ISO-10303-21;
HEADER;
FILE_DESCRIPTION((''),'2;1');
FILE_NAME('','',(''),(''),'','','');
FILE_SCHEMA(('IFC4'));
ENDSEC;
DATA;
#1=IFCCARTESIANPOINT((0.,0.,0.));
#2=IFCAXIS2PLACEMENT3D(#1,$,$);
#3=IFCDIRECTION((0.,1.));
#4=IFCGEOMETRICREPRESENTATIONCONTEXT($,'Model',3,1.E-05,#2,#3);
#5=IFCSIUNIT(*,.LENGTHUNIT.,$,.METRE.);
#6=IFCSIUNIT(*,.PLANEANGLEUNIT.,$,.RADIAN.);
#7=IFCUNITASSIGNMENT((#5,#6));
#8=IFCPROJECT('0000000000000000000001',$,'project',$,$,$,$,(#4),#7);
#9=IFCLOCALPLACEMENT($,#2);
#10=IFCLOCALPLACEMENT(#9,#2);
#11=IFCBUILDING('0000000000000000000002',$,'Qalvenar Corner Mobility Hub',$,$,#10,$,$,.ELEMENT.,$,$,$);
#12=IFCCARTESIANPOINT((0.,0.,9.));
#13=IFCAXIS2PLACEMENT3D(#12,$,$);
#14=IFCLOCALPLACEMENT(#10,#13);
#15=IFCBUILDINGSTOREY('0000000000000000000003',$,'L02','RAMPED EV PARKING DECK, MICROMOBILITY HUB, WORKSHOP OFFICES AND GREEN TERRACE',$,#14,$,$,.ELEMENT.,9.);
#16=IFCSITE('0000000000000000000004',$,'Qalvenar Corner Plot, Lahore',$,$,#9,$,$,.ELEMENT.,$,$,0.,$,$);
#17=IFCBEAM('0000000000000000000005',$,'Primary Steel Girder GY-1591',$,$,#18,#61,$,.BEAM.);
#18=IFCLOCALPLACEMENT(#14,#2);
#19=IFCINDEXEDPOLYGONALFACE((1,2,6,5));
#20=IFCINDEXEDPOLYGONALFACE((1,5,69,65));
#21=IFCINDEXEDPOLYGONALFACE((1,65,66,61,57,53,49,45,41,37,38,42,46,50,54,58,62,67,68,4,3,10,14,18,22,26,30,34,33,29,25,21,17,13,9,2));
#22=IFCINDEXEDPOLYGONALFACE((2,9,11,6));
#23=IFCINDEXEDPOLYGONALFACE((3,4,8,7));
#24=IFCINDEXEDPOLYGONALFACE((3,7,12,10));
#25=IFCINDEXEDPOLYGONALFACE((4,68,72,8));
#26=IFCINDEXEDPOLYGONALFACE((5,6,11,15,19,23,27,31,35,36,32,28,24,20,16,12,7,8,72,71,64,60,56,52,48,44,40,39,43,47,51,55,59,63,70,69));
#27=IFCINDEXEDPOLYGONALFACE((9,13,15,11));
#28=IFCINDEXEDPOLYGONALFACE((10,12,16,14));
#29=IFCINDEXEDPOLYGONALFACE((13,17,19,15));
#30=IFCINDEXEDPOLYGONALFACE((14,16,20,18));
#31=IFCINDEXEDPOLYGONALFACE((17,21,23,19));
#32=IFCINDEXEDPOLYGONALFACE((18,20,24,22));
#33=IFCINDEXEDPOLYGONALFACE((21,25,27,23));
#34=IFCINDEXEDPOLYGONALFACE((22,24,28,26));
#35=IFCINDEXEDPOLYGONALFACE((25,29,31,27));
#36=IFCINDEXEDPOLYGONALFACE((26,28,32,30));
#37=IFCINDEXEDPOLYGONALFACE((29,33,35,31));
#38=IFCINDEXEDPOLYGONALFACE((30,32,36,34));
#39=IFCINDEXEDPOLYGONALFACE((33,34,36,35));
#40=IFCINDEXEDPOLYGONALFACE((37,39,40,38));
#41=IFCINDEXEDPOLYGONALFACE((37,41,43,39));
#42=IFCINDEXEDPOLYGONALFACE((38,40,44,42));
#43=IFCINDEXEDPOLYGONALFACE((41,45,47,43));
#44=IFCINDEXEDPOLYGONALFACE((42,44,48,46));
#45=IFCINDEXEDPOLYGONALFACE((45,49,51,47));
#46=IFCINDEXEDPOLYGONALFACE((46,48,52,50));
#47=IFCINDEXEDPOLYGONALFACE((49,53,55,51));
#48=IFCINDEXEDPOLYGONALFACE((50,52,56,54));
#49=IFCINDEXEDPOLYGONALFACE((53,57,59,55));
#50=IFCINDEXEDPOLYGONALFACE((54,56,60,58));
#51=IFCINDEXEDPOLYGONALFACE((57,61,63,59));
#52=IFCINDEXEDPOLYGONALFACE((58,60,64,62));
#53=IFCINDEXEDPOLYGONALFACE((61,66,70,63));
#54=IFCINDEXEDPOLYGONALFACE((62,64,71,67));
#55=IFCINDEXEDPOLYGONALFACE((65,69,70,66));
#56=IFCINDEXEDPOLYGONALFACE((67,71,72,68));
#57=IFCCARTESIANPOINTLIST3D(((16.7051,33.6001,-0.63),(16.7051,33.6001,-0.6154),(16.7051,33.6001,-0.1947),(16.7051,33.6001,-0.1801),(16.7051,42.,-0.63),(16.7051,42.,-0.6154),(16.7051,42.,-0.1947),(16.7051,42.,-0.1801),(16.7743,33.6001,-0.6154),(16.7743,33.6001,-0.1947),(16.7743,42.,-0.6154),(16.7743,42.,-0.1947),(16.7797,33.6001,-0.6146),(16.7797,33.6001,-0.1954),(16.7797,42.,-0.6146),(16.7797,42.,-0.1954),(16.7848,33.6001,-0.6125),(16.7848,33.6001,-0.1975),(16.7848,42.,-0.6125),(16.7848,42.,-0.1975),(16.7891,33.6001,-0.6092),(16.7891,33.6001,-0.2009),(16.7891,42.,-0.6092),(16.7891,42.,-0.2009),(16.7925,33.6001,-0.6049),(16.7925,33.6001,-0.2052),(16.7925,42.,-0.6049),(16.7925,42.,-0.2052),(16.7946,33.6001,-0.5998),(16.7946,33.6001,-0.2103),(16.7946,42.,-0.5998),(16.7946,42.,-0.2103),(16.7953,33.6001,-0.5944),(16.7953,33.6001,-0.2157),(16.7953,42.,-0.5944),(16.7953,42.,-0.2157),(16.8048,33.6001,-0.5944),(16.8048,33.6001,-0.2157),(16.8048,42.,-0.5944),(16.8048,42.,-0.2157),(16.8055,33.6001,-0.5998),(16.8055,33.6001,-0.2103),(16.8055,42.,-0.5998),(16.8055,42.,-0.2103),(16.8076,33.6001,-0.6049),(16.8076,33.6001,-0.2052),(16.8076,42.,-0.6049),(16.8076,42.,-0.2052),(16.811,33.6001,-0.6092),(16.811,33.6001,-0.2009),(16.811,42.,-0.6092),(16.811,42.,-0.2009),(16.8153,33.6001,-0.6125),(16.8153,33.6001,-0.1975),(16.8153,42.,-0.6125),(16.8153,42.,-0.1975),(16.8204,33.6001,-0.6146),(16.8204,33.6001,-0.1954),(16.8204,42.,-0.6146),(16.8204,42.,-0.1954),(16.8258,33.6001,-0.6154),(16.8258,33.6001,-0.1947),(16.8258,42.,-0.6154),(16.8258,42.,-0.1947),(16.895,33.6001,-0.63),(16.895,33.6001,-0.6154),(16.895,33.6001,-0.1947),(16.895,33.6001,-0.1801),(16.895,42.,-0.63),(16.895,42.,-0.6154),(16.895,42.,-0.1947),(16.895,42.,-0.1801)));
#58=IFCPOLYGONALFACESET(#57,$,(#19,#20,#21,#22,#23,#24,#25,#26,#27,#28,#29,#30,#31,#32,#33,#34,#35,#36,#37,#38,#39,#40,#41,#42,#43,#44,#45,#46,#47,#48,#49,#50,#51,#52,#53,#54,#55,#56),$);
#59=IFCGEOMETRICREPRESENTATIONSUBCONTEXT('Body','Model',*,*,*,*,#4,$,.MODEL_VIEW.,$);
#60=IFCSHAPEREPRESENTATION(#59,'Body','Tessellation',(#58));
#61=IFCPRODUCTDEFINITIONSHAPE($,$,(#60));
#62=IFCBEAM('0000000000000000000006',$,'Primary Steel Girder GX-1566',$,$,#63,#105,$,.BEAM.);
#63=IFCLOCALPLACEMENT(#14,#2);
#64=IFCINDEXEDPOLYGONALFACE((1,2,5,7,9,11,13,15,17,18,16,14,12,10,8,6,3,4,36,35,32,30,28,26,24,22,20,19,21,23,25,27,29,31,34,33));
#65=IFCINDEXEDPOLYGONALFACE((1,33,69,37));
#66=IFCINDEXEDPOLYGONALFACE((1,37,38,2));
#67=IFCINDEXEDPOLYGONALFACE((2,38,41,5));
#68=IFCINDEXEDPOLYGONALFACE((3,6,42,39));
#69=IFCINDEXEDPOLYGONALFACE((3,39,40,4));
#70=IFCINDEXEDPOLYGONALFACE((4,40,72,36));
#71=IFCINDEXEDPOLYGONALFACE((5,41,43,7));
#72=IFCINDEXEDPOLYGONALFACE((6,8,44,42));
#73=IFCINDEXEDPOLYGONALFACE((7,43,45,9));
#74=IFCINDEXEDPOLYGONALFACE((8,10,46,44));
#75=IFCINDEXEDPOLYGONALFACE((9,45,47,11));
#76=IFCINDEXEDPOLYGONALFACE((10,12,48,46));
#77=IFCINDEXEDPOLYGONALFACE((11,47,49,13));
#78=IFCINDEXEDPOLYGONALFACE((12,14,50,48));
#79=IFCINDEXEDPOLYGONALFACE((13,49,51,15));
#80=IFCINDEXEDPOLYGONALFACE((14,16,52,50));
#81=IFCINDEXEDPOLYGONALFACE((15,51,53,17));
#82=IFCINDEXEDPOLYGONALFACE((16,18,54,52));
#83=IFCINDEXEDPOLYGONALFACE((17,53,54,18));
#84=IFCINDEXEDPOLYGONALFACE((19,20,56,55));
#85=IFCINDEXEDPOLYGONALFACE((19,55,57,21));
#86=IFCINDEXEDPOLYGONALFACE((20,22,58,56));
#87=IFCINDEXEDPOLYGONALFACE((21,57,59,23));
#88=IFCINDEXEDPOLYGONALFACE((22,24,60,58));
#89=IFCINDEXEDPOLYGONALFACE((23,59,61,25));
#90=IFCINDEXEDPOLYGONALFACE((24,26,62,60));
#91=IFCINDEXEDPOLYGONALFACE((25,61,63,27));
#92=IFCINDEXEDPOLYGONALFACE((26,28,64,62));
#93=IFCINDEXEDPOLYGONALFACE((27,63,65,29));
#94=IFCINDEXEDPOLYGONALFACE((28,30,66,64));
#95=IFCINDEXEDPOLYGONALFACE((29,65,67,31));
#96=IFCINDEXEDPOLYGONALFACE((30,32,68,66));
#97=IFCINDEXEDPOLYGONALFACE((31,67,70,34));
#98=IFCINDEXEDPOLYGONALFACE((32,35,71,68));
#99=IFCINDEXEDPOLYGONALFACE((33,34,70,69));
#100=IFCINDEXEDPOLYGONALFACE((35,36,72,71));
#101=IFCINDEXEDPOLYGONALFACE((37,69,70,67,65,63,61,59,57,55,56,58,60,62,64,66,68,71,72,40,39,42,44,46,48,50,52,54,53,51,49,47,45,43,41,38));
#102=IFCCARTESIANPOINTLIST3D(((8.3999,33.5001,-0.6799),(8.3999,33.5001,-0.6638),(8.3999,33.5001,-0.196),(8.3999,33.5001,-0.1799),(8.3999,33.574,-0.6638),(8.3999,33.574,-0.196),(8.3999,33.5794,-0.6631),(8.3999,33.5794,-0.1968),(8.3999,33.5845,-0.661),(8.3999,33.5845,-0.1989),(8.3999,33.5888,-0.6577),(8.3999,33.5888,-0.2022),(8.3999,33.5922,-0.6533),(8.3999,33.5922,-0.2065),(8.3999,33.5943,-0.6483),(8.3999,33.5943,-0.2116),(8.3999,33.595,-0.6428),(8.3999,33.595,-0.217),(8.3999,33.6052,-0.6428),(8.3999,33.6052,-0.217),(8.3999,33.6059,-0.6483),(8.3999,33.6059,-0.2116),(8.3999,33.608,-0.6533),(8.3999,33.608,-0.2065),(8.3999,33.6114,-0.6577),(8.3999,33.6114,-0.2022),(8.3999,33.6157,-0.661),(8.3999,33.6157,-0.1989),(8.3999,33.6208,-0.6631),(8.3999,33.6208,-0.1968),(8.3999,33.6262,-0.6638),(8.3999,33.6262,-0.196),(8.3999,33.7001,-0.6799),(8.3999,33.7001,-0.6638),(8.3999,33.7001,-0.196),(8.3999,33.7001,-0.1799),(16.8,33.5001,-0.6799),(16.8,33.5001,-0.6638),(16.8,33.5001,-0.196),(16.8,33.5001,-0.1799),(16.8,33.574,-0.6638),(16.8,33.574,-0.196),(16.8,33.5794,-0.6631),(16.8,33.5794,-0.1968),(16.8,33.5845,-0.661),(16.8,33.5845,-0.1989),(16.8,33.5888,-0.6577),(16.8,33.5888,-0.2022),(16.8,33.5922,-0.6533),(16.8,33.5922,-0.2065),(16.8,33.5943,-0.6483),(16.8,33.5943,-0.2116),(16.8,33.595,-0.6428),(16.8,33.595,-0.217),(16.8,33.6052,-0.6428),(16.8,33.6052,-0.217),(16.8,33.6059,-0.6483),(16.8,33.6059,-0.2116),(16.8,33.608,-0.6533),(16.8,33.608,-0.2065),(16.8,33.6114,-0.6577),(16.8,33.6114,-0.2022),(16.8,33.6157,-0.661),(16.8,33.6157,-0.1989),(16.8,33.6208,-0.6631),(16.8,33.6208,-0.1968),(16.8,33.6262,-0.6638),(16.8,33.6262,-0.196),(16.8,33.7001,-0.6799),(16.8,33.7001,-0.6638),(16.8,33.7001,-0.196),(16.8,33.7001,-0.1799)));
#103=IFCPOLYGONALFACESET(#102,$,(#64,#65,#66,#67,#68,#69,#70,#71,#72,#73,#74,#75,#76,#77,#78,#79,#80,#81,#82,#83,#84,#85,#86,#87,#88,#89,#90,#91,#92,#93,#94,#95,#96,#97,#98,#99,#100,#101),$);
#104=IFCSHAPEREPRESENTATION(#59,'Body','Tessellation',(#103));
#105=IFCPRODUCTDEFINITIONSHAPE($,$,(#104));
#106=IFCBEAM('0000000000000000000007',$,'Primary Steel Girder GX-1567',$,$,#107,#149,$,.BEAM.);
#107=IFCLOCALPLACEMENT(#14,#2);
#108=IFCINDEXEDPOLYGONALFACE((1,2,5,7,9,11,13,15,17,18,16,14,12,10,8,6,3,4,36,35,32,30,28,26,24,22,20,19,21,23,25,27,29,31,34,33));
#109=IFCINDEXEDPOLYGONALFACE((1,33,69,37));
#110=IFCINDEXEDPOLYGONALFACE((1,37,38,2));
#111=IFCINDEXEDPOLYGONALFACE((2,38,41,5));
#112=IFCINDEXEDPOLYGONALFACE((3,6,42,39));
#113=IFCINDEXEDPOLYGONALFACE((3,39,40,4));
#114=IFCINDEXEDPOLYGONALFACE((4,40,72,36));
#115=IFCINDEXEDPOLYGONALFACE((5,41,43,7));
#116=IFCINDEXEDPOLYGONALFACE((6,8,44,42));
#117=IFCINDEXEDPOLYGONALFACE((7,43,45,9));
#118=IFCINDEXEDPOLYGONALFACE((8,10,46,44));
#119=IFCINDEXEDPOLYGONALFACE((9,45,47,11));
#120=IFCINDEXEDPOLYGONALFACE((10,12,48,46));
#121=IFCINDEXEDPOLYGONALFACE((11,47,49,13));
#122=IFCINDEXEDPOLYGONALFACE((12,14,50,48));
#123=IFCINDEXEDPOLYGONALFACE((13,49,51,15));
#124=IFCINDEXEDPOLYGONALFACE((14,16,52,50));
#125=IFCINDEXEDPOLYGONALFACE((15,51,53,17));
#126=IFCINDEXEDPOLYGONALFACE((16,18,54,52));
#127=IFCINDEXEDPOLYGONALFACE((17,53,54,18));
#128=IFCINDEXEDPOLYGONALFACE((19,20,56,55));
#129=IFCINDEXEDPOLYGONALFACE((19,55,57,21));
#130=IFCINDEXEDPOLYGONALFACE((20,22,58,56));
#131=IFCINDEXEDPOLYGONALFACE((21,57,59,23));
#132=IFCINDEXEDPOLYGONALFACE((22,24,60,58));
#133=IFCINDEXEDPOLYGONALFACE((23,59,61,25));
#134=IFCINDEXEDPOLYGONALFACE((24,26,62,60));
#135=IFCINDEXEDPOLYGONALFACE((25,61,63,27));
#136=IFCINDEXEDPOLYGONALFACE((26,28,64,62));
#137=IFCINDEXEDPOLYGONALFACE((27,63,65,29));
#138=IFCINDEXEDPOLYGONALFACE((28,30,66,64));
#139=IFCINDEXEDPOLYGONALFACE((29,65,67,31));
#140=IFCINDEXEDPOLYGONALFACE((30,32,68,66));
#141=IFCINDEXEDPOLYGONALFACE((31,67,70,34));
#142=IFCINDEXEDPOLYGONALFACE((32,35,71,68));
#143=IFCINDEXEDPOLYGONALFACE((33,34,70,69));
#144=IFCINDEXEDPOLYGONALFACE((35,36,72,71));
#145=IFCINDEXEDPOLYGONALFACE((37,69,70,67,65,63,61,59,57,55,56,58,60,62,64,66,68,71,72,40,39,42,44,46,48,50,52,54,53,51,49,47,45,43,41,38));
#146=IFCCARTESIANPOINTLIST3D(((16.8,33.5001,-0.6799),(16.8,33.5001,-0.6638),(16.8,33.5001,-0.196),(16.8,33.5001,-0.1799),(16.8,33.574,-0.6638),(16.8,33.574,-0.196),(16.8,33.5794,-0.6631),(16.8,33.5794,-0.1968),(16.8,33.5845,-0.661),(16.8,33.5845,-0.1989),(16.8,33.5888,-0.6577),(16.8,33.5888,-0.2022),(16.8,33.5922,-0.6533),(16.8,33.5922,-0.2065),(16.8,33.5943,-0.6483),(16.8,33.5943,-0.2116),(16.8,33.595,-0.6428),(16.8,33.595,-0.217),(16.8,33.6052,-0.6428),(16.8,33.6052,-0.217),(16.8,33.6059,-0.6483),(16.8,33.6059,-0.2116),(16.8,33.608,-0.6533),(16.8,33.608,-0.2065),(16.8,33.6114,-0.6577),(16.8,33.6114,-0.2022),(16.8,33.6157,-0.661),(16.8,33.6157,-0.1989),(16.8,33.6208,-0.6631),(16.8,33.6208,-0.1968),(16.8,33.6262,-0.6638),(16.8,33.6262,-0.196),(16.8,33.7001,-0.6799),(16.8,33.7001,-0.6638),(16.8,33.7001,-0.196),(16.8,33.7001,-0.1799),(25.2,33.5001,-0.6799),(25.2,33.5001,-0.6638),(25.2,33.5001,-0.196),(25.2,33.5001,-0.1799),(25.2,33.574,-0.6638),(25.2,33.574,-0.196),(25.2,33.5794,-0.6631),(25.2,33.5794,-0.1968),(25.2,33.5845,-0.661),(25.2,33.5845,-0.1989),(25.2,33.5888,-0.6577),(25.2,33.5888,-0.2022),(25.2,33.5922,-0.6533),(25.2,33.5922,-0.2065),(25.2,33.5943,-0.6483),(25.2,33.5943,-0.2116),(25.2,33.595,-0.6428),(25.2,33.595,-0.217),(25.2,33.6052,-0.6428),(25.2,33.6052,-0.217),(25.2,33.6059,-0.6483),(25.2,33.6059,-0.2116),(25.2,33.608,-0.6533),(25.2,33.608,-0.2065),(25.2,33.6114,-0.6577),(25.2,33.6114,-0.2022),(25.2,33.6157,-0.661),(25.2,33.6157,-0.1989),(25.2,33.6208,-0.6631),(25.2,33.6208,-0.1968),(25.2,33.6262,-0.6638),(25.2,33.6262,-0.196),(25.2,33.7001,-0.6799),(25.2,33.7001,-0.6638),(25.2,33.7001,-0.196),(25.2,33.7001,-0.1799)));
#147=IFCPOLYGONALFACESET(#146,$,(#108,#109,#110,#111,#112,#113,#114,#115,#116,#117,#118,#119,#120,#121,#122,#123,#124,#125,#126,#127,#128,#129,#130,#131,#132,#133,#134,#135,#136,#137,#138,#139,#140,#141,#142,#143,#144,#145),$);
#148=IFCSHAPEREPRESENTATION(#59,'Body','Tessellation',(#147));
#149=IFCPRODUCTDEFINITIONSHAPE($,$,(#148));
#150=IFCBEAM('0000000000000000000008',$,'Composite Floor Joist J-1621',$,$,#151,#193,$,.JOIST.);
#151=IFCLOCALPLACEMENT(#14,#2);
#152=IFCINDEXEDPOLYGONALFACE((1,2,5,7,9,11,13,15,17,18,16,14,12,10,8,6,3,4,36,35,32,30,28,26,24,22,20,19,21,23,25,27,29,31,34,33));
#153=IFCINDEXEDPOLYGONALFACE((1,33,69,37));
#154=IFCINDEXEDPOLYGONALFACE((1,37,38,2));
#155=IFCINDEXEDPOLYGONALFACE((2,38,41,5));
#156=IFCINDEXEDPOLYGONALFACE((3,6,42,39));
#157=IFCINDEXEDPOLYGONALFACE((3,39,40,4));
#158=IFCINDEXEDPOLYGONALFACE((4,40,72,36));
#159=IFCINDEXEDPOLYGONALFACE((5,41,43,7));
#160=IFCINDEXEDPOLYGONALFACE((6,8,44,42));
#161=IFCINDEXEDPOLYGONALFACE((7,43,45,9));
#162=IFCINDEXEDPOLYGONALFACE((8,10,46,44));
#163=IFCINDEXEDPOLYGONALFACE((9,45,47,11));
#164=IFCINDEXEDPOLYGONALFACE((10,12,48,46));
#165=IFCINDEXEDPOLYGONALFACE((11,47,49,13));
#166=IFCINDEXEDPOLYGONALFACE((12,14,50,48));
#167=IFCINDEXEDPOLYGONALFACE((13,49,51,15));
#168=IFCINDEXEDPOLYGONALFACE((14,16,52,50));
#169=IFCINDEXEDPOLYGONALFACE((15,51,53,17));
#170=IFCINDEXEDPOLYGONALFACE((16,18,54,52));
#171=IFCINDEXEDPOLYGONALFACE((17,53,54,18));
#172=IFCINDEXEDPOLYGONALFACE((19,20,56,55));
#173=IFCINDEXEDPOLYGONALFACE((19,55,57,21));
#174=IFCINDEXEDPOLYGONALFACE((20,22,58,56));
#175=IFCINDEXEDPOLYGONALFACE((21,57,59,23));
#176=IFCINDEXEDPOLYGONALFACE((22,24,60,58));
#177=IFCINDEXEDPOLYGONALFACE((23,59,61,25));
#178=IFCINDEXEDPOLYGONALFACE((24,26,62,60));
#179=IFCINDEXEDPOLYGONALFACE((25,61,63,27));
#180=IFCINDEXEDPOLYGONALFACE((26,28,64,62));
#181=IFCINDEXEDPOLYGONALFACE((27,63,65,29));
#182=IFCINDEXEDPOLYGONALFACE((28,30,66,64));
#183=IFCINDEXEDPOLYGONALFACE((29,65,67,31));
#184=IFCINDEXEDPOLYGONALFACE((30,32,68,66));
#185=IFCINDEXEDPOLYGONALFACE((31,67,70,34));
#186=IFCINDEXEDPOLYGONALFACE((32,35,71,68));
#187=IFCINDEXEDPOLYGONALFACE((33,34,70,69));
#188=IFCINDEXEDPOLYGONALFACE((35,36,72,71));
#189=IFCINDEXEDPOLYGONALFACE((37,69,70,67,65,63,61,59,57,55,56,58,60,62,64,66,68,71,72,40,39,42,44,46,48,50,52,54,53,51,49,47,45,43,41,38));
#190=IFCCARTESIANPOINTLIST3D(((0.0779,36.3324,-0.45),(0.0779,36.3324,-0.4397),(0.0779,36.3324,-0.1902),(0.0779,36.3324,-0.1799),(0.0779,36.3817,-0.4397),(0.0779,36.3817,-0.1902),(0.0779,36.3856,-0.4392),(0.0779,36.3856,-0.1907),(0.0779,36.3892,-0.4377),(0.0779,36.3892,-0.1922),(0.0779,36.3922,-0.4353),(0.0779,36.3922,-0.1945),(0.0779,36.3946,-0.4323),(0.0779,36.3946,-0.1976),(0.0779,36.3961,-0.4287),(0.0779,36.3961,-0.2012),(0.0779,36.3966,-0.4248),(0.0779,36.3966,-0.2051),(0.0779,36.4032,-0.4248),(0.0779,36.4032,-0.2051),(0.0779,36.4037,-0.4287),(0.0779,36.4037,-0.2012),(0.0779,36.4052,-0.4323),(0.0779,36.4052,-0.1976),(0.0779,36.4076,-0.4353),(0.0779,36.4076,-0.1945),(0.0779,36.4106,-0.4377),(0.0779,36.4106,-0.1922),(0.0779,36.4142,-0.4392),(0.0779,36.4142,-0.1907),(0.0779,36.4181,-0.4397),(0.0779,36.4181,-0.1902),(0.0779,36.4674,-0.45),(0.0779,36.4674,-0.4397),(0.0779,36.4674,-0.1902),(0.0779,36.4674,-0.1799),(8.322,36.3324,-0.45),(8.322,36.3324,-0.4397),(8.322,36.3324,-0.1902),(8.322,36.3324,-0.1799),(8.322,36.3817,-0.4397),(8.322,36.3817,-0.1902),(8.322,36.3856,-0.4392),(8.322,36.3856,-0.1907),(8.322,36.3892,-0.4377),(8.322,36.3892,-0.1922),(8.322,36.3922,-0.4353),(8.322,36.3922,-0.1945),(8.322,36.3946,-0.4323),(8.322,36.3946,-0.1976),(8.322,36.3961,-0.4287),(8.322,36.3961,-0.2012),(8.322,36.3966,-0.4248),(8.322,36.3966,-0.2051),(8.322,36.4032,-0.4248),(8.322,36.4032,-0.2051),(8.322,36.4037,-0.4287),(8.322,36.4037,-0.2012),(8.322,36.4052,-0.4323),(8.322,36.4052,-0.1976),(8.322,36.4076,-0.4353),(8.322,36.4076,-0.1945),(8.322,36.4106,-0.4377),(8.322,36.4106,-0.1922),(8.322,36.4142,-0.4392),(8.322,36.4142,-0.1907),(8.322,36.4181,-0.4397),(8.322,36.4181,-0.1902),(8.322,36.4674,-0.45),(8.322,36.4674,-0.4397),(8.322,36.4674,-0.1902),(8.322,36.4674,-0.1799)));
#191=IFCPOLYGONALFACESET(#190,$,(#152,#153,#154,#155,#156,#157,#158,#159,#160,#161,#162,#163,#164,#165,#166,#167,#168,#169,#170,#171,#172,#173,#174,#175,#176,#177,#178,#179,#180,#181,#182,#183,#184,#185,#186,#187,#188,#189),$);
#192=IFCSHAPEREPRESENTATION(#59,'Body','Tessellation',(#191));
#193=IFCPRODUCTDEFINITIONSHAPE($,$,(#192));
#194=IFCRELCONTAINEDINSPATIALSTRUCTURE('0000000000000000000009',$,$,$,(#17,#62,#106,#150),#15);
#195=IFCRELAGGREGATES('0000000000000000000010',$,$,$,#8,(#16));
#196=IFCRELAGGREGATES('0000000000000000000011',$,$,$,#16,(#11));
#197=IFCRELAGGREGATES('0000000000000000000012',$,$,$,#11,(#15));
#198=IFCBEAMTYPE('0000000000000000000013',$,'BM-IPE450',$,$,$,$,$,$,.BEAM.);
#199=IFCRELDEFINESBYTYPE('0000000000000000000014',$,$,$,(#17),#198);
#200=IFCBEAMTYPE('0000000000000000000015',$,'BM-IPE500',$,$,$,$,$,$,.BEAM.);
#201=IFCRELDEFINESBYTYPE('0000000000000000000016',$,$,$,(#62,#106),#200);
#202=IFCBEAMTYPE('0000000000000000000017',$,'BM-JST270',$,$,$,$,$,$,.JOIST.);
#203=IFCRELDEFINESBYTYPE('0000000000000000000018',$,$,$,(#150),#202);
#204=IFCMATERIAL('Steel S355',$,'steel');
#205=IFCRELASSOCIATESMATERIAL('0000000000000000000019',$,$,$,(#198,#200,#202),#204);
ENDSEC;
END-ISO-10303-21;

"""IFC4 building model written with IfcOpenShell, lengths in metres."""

from ifc_helpers import new_model, si_unit, direction, frame, origin, origin_2d, place, context, subcontext, project, spatial, i_section, extrude, material, material_profile, profile_set, type_object, element, save


model = new_model("IFC4")

# Units and contexts
model_context = context("Model", 3, precision=1e-05, world=origin(), true_north=direction((0.0, 1.0)))
body_context = subcontext(model_context, "Body", "Model", "MODEL_VIEW")
ifc_project = project(units=[si_unit("LENGTHUNIT", "METRE"), si_unit("PLANEANGLEUNIT", "RADIAN")], contexts=[model_context])

# Site, building, storey
site_placement = place(None, origin())
site = spatial("IfcSite", under=ifc_project, at=site_placement, Name="Qalvenar Corner Plot, Lahore", CompositionType="ELEMENT", RefElevation=0.0)
building_placement = place(site_placement, origin())
building = spatial("IfcBuilding", under=site, at=building_placement, Name="Qalvenar Corner Mobility Hub", CompositionType="ELEMENT")
storey_placement = place(building_placement, frame((0.0, 0.0, 9.0)))
storey = spatial("IfcBuildingStorey", under=building, at=storey_placement, Name="L02", Description="RAMPED EV PARKING DECK, MICROMOBILITY HUB, WORKSHOP OFFICES AND GREEN TERRACE", CompositionType="ELEMENT", Elevation=9.0)

# Shared definitions
ifc_material_1 = material(Name="Steel S355", Category="steel")

# Beams
ifc_material_profile_1 = material_profile(ifc_material_1, i_section(OverallWidth=0.1899, OverallDepth=0.45, WebThickness=0.0095, FlangeThickness=0.0146, FilletRadius=0.021, at=origin_2d()), Name="IPE450")
ifc_profile_set_1 = profile_set([ifc_material_profile_1], Name="Steel S355")
beam_type_1 = type_object("IfcBeamType", Name="BM-IPE450", PredefinedType="BEAM", material=ifc_profile_set_1)
for number, where, z_axis, x_axis, name in (
    (1, (16.8, 33.6001, -0.405), (0.0, 1.0, 0.0), (-1.0, 0.0, 0.0), "Primary Steel Girder GY-1591"),
):
    element("IfcBeam", number, at=place(storey_placement, frame(where, z_axis=z_axis, x_axis=x_axis)), inside=storey, type_object=beam_type_1, Name=name, PredefinedType="BEAM", context=body_context, shape_type="SweptSolid", body=[
        extrude(i_section(OverallWidth=0.1899, OverallDepth=0.45, WebThickness=0.0095, FlangeThickness=0.0146, FilletRadius=0.021, at=origin_2d()), origin(), (0.0, 0.0, 1.0), 8.3999),
    ])
ifc_material_profile_2 = material_profile(ifc_material_1, i_section(OverallWidth=0.2, OverallDepth=0.5, WebThickness=0.0103, FlangeThickness=0.0161, FilletRadius=0.021, at=origin_2d()), Name="IPE500")
ifc_profile_set_2 = profile_set([ifc_material_profile_2], Name="Steel S355")
beam_type_2 = type_object("IfcBeamType", Name="BM-IPE500", PredefinedType="BEAM", material=ifc_profile_set_2)
beam_1_placement = place(storey_placement, frame((8.3999, 33.6001, -0.4299), z_axis=(1.0, 0.0, 0.0), x_axis=(0.0, 1.0, 0.0)))
element("IfcBeam", 2, at=beam_1_placement, inside=storey, type_object=beam_type_2, Name="Primary Steel Girder GX-1566", PredefinedType="BEAM", context=body_context, shape_type="SweptSolid", body=[
    extrude(i_section(OverallWidth=0.2, OverallDepth=0.5, WebThickness=0.0103, FlangeThickness=0.0161, FilletRadius=0.021, at=origin_2d()), origin(), (0.0, 0.0, 1.0), 8.4001),
])
beam_2_placement = place(storey_placement, frame((16.8, 33.6001, -0.4299), z_axis=(1.0, 0.0, 0.0), x_axis=(0.0, 1.0, 0.0)))
element("IfcBeam", 3, at=beam_2_placement, inside=storey, type_object=beam_type_2, Name="Primary Steel Girder GX-1567", PredefinedType="BEAM", context=body_context, shape_type="SweptSolid", body=[
    extrude(i_section(OverallWidth=0.2, OverallDepth=0.5, WebThickness=0.0103, FlangeThickness=0.0161, FilletRadius=0.021, at=origin_2d()), origin(), (0.0, 0.0, 1.0), 8.3999),
])
ifc_material_profile_3 = material_profile(ifc_material_1, i_section(OverallWidth=0.135, OverallDepth=0.27, WebThickness=0.0066, FlangeThickness=0.0103, FilletRadius=0.0149, at=origin_2d()), Name="IPE270")
ifc_profile_set_3 = profile_set([ifc_material_profile_3], Name="Steel S355")
beam_type_3 = type_object("IfcBeamType", Name="BM-JST270", PredefinedType="JOIST", material=ifc_profile_set_3)
for number, where, z_axis, x_axis, name in (
    (4, (0.0779, 36.3999, -0.3149), (1.0, 0.0, 0.0), (0.0, 1.0, 0.0), "Composite Floor Joist J-1621"),
):
    element("IfcBeam", number, at=place(storey_placement, frame(where, z_axis=z_axis, x_axis=x_axis)), inside=storey, type_object=beam_type_3, Name=name, PredefinedType="JOIST", context=body_context, shape_type="SweptSolid", body=[
        extrude(i_section(OverallWidth=0.135, OverallDepth=0.27, WebThickness=0.0066, FlangeThickness=0.0103, FilletRadius=0.0149, at=origin_2d()), origin(), (0.0, 0.0, 1.0), 8.2441),
    ])

save(model, "model.ifc")
